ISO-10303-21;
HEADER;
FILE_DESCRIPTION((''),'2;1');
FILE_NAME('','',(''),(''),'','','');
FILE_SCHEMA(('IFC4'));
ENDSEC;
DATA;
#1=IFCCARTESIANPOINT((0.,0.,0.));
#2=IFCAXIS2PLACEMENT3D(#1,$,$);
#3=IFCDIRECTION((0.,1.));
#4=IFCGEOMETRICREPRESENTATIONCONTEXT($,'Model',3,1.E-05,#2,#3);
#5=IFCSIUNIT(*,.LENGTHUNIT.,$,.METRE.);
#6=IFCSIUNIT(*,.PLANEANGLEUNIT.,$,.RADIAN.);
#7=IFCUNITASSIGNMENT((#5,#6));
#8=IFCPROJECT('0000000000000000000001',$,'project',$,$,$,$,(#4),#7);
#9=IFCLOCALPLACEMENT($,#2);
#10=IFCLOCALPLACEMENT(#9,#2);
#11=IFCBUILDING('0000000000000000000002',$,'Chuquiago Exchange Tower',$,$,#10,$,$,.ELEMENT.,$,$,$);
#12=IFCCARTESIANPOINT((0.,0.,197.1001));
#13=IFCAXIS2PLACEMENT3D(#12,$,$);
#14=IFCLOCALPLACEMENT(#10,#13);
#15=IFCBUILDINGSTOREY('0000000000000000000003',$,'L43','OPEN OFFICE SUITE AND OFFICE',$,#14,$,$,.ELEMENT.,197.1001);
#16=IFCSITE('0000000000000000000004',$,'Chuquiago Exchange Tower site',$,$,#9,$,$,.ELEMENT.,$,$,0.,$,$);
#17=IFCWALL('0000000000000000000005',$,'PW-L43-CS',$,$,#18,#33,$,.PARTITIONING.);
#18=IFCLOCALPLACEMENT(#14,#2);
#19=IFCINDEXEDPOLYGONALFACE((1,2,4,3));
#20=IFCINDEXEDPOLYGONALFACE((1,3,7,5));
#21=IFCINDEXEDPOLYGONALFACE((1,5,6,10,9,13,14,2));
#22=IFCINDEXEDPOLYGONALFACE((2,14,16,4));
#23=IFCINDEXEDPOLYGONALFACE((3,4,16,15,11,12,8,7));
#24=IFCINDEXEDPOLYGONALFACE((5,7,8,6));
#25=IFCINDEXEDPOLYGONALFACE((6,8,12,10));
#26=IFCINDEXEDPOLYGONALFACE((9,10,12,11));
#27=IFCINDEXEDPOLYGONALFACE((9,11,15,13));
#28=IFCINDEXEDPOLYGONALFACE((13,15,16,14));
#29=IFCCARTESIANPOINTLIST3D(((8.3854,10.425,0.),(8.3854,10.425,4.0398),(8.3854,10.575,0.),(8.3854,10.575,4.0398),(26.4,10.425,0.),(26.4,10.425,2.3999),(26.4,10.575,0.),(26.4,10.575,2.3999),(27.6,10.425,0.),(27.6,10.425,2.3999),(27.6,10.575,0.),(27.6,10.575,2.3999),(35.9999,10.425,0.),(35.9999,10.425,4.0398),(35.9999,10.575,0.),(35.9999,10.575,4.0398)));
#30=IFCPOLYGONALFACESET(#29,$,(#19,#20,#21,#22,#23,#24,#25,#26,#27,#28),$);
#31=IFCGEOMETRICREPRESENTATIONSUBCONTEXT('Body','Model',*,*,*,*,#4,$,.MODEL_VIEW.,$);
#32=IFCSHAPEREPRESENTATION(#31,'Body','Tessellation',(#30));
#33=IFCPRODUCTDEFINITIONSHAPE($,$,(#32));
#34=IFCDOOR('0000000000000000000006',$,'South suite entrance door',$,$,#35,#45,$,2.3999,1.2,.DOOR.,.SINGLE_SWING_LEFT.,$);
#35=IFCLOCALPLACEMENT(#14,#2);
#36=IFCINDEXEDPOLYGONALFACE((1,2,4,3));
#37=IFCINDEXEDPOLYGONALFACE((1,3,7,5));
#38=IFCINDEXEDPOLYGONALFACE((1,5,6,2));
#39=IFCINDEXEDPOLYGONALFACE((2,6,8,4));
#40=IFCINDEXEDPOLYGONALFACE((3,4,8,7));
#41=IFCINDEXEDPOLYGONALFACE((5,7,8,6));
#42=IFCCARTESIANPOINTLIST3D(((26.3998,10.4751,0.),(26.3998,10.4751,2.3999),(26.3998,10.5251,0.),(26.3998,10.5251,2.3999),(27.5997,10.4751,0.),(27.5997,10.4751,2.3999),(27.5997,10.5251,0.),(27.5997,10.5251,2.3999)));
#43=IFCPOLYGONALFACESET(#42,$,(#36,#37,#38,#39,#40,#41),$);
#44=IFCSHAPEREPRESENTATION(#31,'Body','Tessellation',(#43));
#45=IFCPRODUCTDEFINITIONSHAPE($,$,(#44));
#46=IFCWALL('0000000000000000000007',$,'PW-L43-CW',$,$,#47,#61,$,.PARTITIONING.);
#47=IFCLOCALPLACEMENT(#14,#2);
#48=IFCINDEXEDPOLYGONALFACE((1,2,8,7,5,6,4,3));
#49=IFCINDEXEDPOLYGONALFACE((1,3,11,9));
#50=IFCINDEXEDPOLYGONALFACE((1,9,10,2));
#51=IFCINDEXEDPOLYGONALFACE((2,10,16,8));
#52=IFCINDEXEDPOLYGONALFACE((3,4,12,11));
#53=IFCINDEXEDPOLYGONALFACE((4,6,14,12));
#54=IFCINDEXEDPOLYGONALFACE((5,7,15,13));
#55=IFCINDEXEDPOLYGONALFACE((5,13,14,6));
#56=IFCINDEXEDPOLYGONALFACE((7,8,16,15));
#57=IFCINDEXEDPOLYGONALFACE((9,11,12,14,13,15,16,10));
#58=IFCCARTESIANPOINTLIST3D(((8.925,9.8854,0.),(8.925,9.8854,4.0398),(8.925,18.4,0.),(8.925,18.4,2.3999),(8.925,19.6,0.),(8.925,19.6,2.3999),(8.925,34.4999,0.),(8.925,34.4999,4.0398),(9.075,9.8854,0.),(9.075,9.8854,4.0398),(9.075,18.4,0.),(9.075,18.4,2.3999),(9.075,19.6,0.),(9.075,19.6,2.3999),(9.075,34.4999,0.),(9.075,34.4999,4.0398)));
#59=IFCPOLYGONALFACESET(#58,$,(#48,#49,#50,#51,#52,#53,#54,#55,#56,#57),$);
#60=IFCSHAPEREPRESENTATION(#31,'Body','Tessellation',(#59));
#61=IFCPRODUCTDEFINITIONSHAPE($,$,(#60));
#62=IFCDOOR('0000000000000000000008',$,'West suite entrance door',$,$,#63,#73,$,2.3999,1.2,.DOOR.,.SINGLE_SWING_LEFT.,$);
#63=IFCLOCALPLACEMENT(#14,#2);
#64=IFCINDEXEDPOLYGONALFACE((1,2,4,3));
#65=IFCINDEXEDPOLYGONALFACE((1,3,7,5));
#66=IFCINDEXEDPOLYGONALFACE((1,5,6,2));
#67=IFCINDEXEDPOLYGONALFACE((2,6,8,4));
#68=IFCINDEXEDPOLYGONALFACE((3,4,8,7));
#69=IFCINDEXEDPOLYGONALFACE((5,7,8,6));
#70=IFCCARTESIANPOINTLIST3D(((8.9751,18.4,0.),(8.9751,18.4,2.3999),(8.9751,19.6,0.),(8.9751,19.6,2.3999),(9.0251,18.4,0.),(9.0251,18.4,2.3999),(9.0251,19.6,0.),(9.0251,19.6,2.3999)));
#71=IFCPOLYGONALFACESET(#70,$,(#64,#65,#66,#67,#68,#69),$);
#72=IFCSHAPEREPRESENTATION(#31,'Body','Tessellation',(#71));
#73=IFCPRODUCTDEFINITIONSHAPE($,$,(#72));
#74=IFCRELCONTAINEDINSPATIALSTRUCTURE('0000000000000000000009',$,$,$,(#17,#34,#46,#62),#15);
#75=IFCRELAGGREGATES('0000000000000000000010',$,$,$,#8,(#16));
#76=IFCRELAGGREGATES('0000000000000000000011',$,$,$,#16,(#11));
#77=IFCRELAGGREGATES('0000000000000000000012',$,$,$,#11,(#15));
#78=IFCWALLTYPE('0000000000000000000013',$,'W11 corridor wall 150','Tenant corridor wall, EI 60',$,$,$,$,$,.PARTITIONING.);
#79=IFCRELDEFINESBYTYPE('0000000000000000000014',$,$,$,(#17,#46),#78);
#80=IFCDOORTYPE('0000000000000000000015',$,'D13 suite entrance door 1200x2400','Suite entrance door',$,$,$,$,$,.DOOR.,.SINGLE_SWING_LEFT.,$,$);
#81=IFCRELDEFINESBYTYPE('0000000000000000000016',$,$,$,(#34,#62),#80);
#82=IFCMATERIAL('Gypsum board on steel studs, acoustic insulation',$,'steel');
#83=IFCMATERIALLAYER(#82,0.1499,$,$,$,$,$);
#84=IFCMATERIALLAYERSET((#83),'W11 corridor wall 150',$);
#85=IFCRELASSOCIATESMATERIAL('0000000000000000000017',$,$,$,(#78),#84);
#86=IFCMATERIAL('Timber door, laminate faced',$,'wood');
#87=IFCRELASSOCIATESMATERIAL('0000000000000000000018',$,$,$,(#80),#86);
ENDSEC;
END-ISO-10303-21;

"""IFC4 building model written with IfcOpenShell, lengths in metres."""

from ifc_helpers import new_model, si_unit, direction, frame, frame_2d, origin, place, context, subcontext, project, spatial, rectangle, extrude, material, layer, layer_set, type_object, element, fill, save


model = new_model("IFC4")

# Units and contexts
model_context = context("Model", 3, precision=1e-05, world=origin(), true_north=direction((0.0, 1.0)))
body_context = subcontext(model_context, "Body", "Model", "MODEL_VIEW")
ifc_project = project(units=[si_unit("LENGTHUNIT", "METRE"), si_unit("PLANEANGLEUNIT", "RADIAN")], contexts=[model_context])

# Site, building, storey
site_placement = place(None, origin())
site = spatial("IfcSite", under=ifc_project, at=site_placement, Name="Chuquiago Exchange Tower site", CompositionType="ELEMENT", RefElevation=0.0)
building_placement = place(site_placement, origin())
building = spatial("IfcBuilding", under=site, at=building_placement, Name="Chuquiago Exchange Tower", CompositionType="ELEMENT")
storey_placement = place(building_placement, frame((0.0, 0.0, 197.1001)))
storey = spatial("IfcBuildingStorey", under=building, at=storey_placement, Name="L43", Description="OPEN OFFICE SUITE AND OFFICE", CompositionType="ELEMENT", Elevation=197.1001)

# Walls, openings, doors
ifc_material_1 = material(Name="Gypsum board on steel studs, acoustic insulation", Category="steel")
ifc_layer_1 = layer(ifc_material_1, 0.1499)
ifc_layer_set_1 = layer_set([ifc_layer_1], Name="W11 corridor wall 150")
wall_type_1 = type_object("IfcWallType", Name="W11 corridor wall 150", Description="Tenant corridor wall, EI 60", PredefinedType="PARTITIONING", material=ifc_layer_set_1)
wall_1_placement = place(storey_placement, frame((8.3855, 10.5, 0.0), z_axis=(0.0, 0.0, 1.0), x_axis=(1.0, 0.0, 0.0)))
wall_1 = element("IfcWall", 1, at=wall_1_placement, inside=storey, type_object=wall_type_1, Name="PW-L43-CS", PredefinedType="PARTITIONING", context=body_context, shape_type="SweptSolid", body=[
    extrude(rectangle(XDim=27.6145, YDim=0.1499, at=frame_2d((13.8071, 0.0))), origin(), (0.0, 0.0, 1.0), 4.0398),
])
opening_1_placement = place(wall_1_placement, frame((18.0144, 0.0, 0.0)))
opening_1 = element("IfcOpeningElement", 2, at=opening_1_placement, cuts=wall_1, PredefinedType="OPENING", context=body_context, shape_type="SweptSolid", body=[
    extrude(rectangle(XDim=1.2, YDim=2.3999, at=frame_2d((0.6001, 1.2))), frame((0.0, 0.085, 0.0), z_axis=(0.0, -1.0, 0.0), x_axis=(1.0, 0.0, 0.0)), (0.0, 0.0, 1.0), 0.1699),
])
ifc_material_2 = material(Name="Timber door, laminate faced", Category="wood")
door_type = type_object("IfcDoorType", Name="D13 suite entrance door 1200x2400", Description="Suite entrance door", OperationType="SINGLE_SWING_LEFT", PredefinedType="DOOR", material=ifc_material_2)
door_1_placement = place(opening_1_placement, frame((1.2, 0.0, 0.0), z_axis=(0.0, 0.0, 1.0), x_axis=(-1.0, 0.0, 0.0)))
door_1 = element("IfcDoor", 3, at=door_1_placement, inside=storey, type_object=door_type, Name="South suite entrance door", OperationType="SINGLE_SWING_LEFT", OverallHeight=2.3999, OverallWidth=1.2, PredefinedType="DOOR", context=body_context, shape_type="SweptSolid", body=[
    extrude(rectangle(XDim=1.2, YDim=2.3999, at=frame_2d((0.6001, 1.2))), frame((0.0, 0.0249, 0.0), z_axis=(0.0, -1.0, 0.0), x_axis=(1.0, 0.0, 0.0)), (0.0, 0.0, 1.0), 0.05),
])
fill(opening_1, door_1)
wall_2_placement = place(storey_placement, frame((9.0, 9.8855, 0.0), z_axis=(0.0, 0.0, 1.0), x_axis=(0.0, 1.0, 0.0)))
wall_2 = element("IfcWall", 4, at=wall_2_placement, inside=storey, type_object=wall_type_1, Name="PW-L43-CW", PredefinedType="PARTITIONING", context=body_context, shape_type="SweptSolid", body=[
    extrude(rectangle(XDim=24.6145, YDim=0.1499, at=frame_2d((12.3071, 0.0))), origin(), (0.0, 0.0, 1.0), 4.0398),
])
opening_2_placement = place(wall_2_placement, frame((8.5144, 0.0, 0.0)))
opening_2 = element("IfcOpeningElement", 5, at=opening_2_placement, cuts=wall_2, PredefinedType="OPENING", context=body_context, shape_type="SweptSolid", body=[
    extrude(rectangle(XDim=1.2, YDim=2.3999, at=frame_2d((0.6001, 1.2))), frame((0.0, 0.085, 0.0), z_axis=(0.0, -1.0, 0.0), x_axis=(1.0, 0.0, 0.0)), (0.0, 0.0, 1.0), 0.1699),
])
door_2_placement = place(opening_2_placement, origin())
door_2 = element("IfcDoor", 6, at=door_2_placement, inside=storey, type_object=door_type, Name="West suite entrance door", OperationType="SINGLE_SWING_LEFT", OverallHeight=2.3999, OverallWidth=1.2, PredefinedType="DOOR", context=body_context, shape_type="SweptSolid", body=[
    extrude(rectangle(XDim=1.2, YDim=2.3999, at=frame_2d((0.6001, 1.2))), frame((0.0, 0.0249, 0.0), z_axis=(0.0, -1.0, 0.0), x_axis=(1.0, 0.0, 0.0)), (0.0, 0.0, 1.0), 0.05),
])
fill(opening_2, door_2)

save(model, "model.ifc")
